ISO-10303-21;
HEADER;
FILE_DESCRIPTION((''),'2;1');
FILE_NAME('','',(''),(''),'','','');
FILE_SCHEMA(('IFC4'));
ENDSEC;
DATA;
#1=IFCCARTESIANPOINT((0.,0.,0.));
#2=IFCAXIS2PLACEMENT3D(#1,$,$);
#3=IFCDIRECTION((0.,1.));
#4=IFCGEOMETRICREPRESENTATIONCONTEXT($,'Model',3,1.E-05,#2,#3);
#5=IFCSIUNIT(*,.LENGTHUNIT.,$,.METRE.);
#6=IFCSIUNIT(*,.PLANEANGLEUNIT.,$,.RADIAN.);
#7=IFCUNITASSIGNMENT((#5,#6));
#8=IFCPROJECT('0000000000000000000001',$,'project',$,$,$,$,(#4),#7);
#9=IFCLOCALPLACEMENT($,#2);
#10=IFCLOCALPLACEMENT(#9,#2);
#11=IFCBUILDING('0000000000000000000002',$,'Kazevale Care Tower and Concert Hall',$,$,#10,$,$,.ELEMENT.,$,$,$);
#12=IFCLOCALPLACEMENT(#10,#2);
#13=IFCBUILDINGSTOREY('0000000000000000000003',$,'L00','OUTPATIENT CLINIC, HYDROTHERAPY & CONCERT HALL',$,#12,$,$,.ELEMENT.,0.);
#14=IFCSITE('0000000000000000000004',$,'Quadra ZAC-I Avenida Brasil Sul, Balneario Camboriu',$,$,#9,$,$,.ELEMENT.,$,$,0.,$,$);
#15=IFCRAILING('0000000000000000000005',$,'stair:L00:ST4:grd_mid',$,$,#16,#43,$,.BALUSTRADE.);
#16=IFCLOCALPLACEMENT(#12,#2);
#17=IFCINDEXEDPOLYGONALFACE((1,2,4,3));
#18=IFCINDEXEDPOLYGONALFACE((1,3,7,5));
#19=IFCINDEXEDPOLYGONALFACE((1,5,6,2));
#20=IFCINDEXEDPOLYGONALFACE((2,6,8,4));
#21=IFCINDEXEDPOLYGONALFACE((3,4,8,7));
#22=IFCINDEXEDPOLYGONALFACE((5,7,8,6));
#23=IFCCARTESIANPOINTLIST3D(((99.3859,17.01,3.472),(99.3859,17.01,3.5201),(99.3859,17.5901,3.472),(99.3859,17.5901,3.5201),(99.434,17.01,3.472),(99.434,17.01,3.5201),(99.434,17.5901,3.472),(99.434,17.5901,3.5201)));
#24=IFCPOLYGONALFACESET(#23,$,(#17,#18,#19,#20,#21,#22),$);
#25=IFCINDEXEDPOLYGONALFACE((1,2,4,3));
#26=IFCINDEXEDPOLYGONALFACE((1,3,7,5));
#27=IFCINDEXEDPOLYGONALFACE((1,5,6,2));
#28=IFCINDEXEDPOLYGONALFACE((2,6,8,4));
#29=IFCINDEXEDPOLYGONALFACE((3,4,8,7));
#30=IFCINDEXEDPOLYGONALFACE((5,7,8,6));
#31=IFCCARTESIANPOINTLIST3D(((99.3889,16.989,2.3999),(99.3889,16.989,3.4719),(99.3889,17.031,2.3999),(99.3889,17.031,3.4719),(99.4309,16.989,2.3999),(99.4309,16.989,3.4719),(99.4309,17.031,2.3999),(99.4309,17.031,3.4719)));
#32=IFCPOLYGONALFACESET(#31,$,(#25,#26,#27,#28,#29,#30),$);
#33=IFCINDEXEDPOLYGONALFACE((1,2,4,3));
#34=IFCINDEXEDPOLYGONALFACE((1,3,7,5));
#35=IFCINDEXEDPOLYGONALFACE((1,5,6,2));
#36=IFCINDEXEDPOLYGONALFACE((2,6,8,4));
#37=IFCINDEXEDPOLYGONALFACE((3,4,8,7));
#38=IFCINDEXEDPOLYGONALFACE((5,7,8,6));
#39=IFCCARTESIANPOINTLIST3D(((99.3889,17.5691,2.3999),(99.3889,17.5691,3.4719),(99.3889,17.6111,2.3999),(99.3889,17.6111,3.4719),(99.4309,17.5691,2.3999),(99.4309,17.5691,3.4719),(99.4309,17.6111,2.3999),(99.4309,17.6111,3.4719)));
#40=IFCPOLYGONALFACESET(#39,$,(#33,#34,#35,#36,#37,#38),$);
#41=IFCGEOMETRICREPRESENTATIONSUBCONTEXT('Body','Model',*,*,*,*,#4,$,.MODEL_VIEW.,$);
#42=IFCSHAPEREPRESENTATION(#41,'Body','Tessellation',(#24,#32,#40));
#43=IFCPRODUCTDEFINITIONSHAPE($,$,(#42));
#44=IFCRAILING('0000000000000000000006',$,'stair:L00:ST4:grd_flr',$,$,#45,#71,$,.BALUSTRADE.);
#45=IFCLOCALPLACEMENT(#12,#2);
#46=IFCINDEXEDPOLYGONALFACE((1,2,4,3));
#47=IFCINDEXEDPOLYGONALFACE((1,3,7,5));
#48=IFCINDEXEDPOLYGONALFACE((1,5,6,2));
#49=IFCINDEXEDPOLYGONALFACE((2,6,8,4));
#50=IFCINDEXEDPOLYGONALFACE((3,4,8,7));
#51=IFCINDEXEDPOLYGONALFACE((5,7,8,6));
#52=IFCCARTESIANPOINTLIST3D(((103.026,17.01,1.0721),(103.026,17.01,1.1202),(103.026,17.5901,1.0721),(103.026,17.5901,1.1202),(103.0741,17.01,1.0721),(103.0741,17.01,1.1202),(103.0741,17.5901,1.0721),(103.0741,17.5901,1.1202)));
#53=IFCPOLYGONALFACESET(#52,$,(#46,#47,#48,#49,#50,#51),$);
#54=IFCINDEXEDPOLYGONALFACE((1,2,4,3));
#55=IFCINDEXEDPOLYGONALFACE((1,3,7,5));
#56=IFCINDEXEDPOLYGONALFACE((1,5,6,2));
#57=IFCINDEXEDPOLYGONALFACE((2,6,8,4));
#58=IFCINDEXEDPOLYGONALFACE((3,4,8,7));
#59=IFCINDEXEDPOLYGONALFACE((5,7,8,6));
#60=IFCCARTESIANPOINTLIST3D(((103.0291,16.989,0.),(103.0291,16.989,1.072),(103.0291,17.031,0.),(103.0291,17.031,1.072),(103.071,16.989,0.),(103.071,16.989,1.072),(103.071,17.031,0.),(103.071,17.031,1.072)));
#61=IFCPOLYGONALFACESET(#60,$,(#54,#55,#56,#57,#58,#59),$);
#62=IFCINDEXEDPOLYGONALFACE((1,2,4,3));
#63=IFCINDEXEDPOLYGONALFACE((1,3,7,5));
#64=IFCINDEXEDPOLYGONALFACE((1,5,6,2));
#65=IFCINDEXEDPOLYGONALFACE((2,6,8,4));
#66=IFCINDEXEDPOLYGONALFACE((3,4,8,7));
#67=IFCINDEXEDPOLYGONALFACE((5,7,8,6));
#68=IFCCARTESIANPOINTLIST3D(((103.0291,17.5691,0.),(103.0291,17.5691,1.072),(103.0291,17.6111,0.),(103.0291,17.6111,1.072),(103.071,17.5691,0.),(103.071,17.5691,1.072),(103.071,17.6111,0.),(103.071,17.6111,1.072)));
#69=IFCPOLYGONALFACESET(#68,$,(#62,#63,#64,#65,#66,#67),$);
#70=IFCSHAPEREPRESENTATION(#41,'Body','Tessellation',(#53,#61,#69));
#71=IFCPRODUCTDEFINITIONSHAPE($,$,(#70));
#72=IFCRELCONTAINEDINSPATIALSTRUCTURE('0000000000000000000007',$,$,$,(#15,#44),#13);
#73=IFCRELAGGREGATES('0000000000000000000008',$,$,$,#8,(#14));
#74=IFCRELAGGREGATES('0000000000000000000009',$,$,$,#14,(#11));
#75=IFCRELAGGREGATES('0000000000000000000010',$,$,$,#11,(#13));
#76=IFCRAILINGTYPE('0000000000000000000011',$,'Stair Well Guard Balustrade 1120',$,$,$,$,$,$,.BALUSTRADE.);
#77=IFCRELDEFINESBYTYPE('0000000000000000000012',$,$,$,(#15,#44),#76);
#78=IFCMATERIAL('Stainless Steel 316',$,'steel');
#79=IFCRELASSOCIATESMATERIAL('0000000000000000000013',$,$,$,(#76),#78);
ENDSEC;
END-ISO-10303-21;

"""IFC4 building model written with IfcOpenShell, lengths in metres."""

from ifc_helpers import new_model, si_unit, direction, frame, origin, origin_2d, place, context, subcontext, project, spatial, rectangle, extrude, material, type_object, element, save


model = new_model("IFC4")

# Units and contexts
model_context = context("Model", 3, precision=1e-05, world=origin(), true_north=direction((0.0, 1.0)))
body_context = subcontext(model_context, "Body", "Model", "MODEL_VIEW")
ifc_project = project(units=[si_unit("LENGTHUNIT", "METRE"), si_unit("PLANEANGLEUNIT", "RADIAN")], contexts=[model_context])

# Site, building, storey
site_placement = place(None, origin())
site = spatial("IfcSite", under=ifc_project, at=site_placement, Name="Quadra ZAC-I Avenida Brasil Sul, Balneario Camboriu", CompositionType="ELEMENT", RefElevation=0.0)
building_placement = place(site_placement, origin())
building = spatial("IfcBuilding", under=site, at=building_placement, Name="Kazevale Care Tower and Concert Hall", CompositionType="ELEMENT")
storey_placement = place(building_placement, origin())
storey = spatial("IfcBuildingStorey", under=building, at=storey_placement, Name="L00", Description="OUTPATIENT CLINIC, HYDROTHERAPY & CONCERT HALL", CompositionType="ELEMENT", Elevation=0.0)

# Railings
ifc_material_1 = material(Name="Stainless Steel 316", Category="steel")
railing_type_1 = type_object("IfcRailingType", Name="Stair Well Guard Balustrade 1120", PredefinedType="BALUSTRADE", material=ifc_material_1)
for number, where, name in (
    (1, (99.4099, 17.01, 2.3999), "stair:L00:ST4:grd_mid"),
    (2, (103.05, 17.01, 0.0), "stair:L00:ST4:grd_flr"),
):
    element("IfcRailing", number, at=place(storey_placement, frame(where)), inside=storey, type_object=railing_type_1, Name=name, PredefinedType="BALUSTRADE", context=body_context, shape_type="SweptSolid", body=[
        extrude(rectangle(XDim=0.0481, YDim=0.0481, at=origin_2d()), frame((0.0, 0.0, 1.0962), z_axis=(0.0, 1.0, 0.0), x_axis=(-1.0, 0.0, 0.0)), (0.0, 0.0, 1.0), 0.5801),
        extrude(rectangle(XDim=0.042, YDim=0.042, at=origin_2d()), origin(), (0.0, 0.0, 1.0), 1.072),
        extrude(rectangle(XDim=0.042, YDim=0.042, at=origin_2d()), frame((0.0, 0.5801, 0.0)), (0.0, 0.0, 1.0), 1.072),
    ])

save(model, "model.ifc")
